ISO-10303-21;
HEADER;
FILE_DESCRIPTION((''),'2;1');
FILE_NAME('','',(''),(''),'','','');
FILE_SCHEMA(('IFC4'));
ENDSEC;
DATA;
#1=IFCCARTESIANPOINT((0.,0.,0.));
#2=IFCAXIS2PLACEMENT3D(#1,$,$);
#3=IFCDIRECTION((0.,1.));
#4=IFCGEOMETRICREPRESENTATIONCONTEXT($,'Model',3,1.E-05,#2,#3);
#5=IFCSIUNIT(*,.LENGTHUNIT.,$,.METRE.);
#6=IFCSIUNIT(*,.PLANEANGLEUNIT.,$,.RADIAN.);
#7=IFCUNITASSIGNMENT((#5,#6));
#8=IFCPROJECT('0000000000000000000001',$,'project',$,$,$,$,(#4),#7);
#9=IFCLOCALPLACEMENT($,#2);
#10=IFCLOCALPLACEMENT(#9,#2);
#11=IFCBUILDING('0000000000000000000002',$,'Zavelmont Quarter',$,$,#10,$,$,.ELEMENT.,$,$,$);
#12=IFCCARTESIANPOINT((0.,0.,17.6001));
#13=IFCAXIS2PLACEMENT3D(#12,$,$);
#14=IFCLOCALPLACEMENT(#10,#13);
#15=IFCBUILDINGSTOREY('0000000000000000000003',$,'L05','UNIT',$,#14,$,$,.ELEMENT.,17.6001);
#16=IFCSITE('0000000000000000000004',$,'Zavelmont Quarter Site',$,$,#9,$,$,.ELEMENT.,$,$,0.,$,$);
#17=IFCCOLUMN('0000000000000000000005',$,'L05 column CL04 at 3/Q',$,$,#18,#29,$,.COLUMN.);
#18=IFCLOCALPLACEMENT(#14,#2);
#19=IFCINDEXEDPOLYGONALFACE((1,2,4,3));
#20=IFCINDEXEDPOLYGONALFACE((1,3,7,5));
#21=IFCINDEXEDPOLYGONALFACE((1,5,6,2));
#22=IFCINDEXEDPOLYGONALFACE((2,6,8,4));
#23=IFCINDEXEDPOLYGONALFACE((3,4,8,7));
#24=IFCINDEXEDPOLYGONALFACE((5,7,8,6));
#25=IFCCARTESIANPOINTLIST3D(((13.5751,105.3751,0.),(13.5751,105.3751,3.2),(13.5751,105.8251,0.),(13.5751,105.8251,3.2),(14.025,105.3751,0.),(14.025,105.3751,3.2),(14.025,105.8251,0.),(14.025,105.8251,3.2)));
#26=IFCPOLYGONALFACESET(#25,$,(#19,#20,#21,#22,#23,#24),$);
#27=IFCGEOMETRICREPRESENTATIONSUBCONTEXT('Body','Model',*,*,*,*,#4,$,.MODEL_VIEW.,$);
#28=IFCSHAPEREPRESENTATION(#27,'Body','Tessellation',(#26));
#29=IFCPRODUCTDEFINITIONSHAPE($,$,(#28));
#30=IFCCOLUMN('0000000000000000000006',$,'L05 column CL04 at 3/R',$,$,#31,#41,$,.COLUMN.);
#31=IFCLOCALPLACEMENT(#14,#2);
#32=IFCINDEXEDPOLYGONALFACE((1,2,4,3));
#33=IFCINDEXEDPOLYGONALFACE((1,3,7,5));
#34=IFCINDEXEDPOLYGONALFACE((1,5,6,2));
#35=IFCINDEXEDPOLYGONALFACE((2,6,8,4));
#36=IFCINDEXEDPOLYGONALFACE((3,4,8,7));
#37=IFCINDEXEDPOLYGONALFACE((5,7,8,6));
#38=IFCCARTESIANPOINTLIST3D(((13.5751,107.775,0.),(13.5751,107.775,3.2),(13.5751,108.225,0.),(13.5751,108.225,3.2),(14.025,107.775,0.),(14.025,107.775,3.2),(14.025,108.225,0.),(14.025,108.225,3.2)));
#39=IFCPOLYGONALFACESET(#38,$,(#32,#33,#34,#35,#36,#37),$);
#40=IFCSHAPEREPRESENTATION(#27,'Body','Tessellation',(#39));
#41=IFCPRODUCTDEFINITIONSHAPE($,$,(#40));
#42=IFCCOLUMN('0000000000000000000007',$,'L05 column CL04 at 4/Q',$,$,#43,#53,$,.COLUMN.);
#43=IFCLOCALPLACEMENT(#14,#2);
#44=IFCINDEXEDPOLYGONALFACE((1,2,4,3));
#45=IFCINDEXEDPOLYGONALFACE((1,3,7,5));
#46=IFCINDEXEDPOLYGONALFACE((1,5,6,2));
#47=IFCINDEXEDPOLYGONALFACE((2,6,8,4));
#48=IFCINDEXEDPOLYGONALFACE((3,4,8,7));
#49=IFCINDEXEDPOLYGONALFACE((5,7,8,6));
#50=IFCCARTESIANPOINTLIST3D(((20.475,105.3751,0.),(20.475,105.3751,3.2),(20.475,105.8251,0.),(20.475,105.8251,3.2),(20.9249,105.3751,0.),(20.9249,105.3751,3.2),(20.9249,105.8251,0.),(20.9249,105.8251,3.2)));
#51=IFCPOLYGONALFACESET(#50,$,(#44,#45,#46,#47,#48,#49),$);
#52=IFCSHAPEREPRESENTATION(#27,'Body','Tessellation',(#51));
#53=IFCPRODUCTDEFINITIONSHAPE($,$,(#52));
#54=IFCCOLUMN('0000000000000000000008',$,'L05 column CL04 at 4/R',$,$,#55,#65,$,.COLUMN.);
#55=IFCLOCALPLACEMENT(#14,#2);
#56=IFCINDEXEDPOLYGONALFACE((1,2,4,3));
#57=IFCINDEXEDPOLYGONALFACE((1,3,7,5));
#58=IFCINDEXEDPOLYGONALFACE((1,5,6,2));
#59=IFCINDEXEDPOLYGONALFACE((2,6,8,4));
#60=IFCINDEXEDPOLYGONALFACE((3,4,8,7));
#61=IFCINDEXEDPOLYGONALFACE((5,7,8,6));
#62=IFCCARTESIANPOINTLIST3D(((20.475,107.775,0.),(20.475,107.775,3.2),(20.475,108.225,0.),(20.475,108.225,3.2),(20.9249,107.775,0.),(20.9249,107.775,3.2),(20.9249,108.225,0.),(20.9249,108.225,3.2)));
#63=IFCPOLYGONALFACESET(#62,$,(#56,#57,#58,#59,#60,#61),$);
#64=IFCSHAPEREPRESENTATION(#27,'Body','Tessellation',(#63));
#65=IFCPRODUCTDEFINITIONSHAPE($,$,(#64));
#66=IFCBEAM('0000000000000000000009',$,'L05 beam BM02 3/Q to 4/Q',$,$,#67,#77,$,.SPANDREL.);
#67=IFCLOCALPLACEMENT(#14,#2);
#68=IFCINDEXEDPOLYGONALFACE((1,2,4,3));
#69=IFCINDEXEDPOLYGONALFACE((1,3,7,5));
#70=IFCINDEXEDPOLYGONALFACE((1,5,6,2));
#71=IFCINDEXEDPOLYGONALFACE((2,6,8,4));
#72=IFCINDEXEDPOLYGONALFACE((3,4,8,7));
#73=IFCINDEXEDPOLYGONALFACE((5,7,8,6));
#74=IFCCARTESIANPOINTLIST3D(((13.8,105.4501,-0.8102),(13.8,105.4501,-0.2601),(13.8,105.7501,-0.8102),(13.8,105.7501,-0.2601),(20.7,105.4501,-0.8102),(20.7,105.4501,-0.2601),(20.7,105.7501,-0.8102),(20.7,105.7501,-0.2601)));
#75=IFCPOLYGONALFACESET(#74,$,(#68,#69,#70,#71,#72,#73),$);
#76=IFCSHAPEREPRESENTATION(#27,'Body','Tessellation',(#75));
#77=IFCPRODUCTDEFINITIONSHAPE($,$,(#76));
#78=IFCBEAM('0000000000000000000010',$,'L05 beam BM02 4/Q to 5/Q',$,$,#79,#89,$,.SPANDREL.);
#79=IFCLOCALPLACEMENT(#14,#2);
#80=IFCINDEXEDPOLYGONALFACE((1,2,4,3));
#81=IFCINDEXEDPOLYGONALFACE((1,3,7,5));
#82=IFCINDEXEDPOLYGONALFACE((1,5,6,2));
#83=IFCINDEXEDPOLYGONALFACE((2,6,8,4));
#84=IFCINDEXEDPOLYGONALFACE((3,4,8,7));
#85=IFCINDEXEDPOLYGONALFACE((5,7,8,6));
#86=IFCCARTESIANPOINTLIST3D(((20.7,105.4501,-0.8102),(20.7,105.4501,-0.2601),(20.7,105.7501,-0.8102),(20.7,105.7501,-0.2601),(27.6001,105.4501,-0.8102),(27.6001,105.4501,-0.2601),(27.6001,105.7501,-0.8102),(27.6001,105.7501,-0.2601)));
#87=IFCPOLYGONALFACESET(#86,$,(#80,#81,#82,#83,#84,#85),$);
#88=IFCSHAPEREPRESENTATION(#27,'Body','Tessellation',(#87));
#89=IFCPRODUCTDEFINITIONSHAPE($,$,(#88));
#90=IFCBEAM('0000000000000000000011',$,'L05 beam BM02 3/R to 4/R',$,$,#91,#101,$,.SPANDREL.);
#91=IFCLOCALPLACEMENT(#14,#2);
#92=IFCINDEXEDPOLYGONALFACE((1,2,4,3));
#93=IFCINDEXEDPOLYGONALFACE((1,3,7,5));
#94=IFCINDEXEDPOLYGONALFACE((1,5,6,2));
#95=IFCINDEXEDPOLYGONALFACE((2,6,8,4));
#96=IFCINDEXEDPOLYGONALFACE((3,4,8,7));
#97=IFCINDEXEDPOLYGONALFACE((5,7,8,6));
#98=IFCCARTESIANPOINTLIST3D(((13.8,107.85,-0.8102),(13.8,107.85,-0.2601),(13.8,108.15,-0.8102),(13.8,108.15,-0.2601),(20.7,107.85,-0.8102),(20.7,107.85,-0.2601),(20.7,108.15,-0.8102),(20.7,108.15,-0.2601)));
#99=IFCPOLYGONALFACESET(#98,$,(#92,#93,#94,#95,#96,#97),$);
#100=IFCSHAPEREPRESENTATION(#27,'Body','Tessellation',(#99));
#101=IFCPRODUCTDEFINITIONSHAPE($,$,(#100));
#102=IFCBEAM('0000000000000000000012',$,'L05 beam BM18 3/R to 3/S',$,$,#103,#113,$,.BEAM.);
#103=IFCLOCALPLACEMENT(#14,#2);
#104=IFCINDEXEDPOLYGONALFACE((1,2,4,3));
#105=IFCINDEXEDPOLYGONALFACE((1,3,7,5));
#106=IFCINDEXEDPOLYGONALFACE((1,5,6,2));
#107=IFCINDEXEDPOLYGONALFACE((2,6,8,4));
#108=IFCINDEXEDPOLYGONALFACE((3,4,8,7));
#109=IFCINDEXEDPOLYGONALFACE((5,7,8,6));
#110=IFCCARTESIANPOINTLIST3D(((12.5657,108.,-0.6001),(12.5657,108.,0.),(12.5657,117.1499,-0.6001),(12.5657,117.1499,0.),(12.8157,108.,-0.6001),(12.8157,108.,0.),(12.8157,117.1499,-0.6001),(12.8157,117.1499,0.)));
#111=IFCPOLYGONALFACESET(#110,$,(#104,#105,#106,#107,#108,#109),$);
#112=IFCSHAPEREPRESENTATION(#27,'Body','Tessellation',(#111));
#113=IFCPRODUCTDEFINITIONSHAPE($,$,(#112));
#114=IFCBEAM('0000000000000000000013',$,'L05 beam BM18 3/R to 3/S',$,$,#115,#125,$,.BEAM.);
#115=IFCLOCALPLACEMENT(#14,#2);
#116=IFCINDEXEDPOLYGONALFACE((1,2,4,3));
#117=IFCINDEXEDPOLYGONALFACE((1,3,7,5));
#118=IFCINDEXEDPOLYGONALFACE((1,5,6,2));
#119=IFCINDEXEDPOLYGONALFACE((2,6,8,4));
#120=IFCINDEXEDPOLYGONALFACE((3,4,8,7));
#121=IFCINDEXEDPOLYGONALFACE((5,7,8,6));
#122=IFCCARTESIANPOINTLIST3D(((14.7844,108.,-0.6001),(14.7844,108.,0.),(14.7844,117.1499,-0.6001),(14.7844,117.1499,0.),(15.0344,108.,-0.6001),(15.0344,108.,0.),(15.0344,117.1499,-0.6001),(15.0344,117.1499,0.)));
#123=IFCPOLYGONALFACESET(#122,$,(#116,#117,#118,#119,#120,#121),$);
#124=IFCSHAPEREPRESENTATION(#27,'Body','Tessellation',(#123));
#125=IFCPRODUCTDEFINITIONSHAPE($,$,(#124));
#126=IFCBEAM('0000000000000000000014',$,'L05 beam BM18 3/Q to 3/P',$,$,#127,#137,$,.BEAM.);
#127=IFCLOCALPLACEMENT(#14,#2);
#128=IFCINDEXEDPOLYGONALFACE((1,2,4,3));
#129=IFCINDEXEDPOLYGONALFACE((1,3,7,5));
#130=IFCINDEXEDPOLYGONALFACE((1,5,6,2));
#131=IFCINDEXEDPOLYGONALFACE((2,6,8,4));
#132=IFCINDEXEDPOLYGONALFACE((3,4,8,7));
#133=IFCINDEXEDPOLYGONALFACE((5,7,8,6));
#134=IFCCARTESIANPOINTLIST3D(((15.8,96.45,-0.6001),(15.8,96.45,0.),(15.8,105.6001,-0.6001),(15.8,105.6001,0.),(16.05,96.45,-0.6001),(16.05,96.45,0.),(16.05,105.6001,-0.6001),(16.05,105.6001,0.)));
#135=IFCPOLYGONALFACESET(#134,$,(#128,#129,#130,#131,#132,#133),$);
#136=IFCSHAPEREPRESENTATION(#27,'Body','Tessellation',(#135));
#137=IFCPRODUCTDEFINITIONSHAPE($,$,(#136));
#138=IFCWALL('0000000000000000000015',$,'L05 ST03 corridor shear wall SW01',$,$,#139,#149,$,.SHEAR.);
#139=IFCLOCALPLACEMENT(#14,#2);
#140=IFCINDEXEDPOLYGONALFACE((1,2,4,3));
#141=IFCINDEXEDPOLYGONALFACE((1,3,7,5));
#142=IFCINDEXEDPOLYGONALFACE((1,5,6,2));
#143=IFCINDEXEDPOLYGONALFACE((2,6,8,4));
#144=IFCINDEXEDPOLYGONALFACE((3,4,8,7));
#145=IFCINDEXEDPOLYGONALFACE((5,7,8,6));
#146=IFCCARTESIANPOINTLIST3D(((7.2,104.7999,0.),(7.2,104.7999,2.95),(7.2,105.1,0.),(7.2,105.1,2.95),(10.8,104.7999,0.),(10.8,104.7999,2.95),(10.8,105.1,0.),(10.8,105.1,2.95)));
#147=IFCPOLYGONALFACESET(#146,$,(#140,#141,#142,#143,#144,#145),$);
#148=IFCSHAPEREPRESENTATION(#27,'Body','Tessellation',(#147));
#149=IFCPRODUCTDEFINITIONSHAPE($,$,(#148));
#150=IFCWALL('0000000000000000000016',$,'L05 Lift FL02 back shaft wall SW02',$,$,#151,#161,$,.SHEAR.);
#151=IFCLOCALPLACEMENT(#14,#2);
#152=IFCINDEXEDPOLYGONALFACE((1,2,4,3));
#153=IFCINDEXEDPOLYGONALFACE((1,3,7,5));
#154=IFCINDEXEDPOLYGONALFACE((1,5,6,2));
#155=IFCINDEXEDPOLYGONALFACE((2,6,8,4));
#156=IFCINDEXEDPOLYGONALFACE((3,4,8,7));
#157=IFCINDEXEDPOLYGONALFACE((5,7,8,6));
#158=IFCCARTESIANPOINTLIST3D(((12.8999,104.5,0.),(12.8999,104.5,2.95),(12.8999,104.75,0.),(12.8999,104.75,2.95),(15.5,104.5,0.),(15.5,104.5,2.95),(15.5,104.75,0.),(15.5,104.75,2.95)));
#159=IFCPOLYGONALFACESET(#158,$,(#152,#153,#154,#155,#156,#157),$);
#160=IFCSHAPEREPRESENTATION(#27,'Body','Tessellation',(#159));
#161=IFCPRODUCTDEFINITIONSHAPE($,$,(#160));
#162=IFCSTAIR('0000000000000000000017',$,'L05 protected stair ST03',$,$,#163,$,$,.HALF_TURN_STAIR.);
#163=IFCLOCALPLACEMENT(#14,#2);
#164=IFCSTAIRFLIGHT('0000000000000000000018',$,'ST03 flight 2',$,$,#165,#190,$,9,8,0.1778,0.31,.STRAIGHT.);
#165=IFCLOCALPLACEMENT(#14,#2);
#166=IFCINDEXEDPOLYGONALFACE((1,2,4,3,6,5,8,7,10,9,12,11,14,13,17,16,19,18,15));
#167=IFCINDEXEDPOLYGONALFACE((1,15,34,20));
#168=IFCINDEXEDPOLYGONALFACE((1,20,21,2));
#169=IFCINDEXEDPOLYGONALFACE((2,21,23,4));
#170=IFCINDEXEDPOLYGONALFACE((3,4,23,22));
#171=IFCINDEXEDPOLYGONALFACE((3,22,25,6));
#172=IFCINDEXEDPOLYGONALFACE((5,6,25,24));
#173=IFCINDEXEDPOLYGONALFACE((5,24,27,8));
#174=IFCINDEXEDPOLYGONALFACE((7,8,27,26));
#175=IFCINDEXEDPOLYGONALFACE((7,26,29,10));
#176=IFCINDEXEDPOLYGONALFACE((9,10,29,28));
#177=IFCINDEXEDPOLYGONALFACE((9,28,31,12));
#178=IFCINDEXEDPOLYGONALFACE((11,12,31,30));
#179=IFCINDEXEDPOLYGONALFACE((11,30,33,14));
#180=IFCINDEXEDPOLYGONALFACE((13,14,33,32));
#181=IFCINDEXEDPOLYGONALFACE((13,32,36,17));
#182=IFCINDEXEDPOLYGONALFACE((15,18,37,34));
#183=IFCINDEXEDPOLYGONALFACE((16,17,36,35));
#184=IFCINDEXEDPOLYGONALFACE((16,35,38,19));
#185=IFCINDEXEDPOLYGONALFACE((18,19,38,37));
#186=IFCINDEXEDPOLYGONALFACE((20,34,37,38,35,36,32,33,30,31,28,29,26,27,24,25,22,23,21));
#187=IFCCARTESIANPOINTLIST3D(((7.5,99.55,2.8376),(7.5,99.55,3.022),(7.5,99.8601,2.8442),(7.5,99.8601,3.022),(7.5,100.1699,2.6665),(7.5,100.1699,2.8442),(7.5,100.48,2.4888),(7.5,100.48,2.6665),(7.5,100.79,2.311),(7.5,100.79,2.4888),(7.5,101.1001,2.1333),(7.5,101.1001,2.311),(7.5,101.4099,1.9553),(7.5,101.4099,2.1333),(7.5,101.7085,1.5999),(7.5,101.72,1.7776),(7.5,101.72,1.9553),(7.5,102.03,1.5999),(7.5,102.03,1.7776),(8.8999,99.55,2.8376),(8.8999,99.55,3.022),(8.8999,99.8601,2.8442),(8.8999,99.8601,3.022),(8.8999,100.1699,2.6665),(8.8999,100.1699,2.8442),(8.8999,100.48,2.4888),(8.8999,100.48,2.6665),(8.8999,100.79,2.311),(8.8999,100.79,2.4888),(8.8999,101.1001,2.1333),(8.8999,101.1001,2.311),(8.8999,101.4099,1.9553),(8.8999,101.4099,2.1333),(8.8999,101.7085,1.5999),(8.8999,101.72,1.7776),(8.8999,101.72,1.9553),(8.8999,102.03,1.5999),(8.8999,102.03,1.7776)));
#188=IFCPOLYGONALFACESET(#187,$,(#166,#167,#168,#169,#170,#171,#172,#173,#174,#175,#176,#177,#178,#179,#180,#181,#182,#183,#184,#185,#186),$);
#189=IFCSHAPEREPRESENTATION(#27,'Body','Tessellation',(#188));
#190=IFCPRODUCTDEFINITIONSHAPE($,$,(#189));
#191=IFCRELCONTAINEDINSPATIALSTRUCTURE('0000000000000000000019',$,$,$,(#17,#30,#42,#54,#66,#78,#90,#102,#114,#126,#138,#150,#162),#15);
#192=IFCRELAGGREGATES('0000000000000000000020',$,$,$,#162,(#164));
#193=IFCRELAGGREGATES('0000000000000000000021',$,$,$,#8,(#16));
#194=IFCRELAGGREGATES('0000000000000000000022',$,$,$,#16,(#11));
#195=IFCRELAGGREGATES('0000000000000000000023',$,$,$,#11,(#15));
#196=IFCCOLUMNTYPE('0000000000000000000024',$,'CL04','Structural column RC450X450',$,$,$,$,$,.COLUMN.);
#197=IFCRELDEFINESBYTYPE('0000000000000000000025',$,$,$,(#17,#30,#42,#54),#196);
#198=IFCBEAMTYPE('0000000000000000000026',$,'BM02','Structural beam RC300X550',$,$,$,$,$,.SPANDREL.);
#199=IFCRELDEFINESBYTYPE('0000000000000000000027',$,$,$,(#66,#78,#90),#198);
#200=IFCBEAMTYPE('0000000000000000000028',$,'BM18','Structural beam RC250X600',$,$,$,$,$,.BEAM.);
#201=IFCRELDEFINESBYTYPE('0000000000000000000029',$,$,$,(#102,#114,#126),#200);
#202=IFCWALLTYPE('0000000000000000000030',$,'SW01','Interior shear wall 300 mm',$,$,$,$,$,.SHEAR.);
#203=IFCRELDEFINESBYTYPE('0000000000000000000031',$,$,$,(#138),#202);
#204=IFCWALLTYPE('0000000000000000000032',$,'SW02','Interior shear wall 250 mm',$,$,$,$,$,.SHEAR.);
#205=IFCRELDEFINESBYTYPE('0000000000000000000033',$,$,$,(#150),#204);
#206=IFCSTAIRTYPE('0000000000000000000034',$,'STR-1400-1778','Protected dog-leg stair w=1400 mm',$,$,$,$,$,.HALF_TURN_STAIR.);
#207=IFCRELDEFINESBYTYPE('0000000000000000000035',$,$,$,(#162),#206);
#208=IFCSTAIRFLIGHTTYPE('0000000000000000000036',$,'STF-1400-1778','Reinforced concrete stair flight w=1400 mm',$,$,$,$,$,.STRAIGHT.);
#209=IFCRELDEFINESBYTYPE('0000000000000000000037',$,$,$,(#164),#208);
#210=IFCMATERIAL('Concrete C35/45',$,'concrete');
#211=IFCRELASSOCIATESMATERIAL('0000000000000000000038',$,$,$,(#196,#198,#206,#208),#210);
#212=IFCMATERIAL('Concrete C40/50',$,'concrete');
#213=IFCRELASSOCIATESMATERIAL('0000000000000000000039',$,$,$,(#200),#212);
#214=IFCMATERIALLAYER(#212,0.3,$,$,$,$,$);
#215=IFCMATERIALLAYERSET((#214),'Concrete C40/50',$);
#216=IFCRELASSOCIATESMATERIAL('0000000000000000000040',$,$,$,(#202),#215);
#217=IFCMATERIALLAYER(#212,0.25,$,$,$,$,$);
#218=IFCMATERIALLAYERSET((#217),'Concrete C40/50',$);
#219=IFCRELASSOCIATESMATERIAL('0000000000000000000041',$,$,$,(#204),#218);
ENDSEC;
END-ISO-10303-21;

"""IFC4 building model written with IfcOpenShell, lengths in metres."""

from ifc_helpers import new_model, si_unit, direction, frame, frame_2d, origin, origin_2d, place, context, subcontext, project, spatial, polyline, rectangle, outline, extrude, material, layer, layer_set, material_profile, profile_set, type_object, element, aggregate, save


model = new_model("IFC4")

# Units and contexts
model_context = context("Model", 3, precision=1e-05, world=origin(), true_north=direction((0.0, 1.0)))
body_context = subcontext(model_context, "Body", "Model", "MODEL_VIEW")
ifc_project = project(units=[si_unit("LENGTHUNIT", "METRE"), si_unit("PLANEANGLEUNIT", "RADIAN")], contexts=[model_context])

# Site, building, storey
site_placement = place(None, origin())
site = spatial("IfcSite", under=ifc_project, at=site_placement, Name="Zavelmont Quarter Site", CompositionType="ELEMENT", RefElevation=0.0)
building_placement = place(site_placement, origin())
building = spatial("IfcBuilding", under=site, at=building_placement, Name="Zavelmont Quarter", CompositionType="ELEMENT")
storey_placement = place(building_placement, frame((0.0, 0.0, 17.6001)))
storey = spatial("IfcBuildingStorey", under=building, at=storey_placement, Name="L05", Description="UNIT", CompositionType="ELEMENT", Elevation=17.6001)

# Columns
ifc_material_1 = material(Name="Concrete C35/45", Category="concrete")
ifc_material_profile_1 = material_profile(ifc_material_1, rectangle(XDim=0.45, YDim=0.45, at=origin_2d()), Name="RC450X450")
ifc_profile_set_1 = profile_set([ifc_material_profile_1], Name="Concrete C35/45")
column_type = type_object("IfcColumnType", Name="CL04", Description="Structural column RC450X450", PredefinedType="COLUMN", material=ifc_profile_set_1)
for number, where, z_axis, x_axis, name in (
    (1, (13.8, 105.6001, 0.0), (0.0, 0.0, 1.0), (1.0, 0.0, 0.0), "L05 column CL04 at 3/Q"),
    (2, (13.8, 108.0, 0.0), (0.0, 0.0, 1.0), (1.0, 0.0, 0.0), "L05 column CL04 at 3/R"),
    (3, (20.7, 105.6001, 0.0), (0.0, 0.0, 1.0), (1.0, 0.0, 0.0), "L05 column CL04 at 4/Q"),
    (4, (20.7, 108.0, 0.0), (0.0, 0.0, 1.0), (1.0, 0.0, 0.0), "L05 column CL04 at 4/R"),
):
    element("IfcColumn", number, at=place(storey_placement, frame(where, z_axis=z_axis, x_axis=x_axis)), inside=storey, type_object=column_type, Name=name, PredefinedType="COLUMN", context=body_context, shape_type="SweptSolid", body=[
        extrude(rectangle(XDim=0.45, YDim=0.45, at=origin_2d()), origin(), (0.0, 0.0, 1.0), 3.2),
    ])

# Beams
ifc_material_profile_2 = material_profile(ifc_material_1, rectangle(XDim=0.3, YDim=0.55, at=origin_2d()), Name="RC300X550")
ifc_profile_set_2 = profile_set([ifc_material_profile_2], Name="Concrete C35/45")
beam_type_1 = type_object("IfcBeamType", Name="BM02", Description="Structural beam RC300X550", PredefinedType="SPANDREL", material=ifc_profile_set_2)
beam_1_placement = place(storey_placement, frame((13.8, 105.6001, -0.5352), z_axis=(1.0, 0.0, 0.0), x_axis=(0.0, 1.0, 0.0)))
element("IfcBeam", 5, at=beam_1_placement, inside=storey, type_object=beam_type_1, Name="L05 beam BM02 3/Q to 4/Q", PredefinedType="SPANDREL", context=body_context, shape_type="SweptSolid", body=[
    extrude(rectangle(XDim=0.3, YDim=0.55, at=origin_2d()), origin(), (0.0, 0.0, 1.0), 6.8999),
])
beam_2_placement = place(storey_placement, frame((20.7, 105.6001, -0.5352), z_axis=(1.0, 0.0, 0.0), x_axis=(0.0, 1.0, 0.0)))
element("IfcBeam", 6, at=beam_2_placement, inside=storey, type_object=beam_type_1, Name="L05 beam BM02 4/Q to 5/Q", PredefinedType="SPANDREL", context=body_context, shape_type="SweptSolid", body=[
    extrude(rectangle(XDim=0.3, YDim=0.55, at=origin_2d()), origin(), (0.0, 0.0, 1.0), 6.9001),
])
beam_3_placement = place(storey_placement, frame((13.8, 108.0, -0.5352), z_axis=(1.0, 0.0, 0.0), x_axis=(0.0, 1.0, 0.0)))
element("IfcBeam", 7, at=beam_3_placement, inside=storey, type_object=beam_type_1, Name="L05 beam BM02 3/R to 4/R", PredefinedType="SPANDREL", context=body_context, shape_type="SweptSolid", body=[
    extrude(rectangle(XDim=0.3, YDim=0.55, at=origin_2d()), origin(), (0.0, 0.0, 1.0), 6.8999),
])
ifc_material_2 = material(Name="Concrete C40/50", Category="concrete")
ifc_material_profile_3 = material_profile(ifc_material_2, rectangle(XDim=0.25, YDim=0.6001, at=origin_2d()), Name="RC250X600")
ifc_profile_set_3 = profile_set([ifc_material_profile_3], Name="Concrete C40/50")
beam_type_2 = type_object("IfcBeamType", Name="BM18", Description="Structural beam RC250X600", PredefinedType="BEAM", material=ifc_profile_set_3)
for number, where, z_axis, x_axis, name in (
    (8, (12.6907, 108.0, -0.3), (0.0, 1.0, 0.0), (-1.0, 0.0, 0.0), "L05 beam BM18 3/R to 3/S"),
    (9, (14.9094, 108.0, -0.3), (0.0, 1.0, 0.0), (-1.0, 0.0, 0.0), "L05 beam BM18 3/R to 3/S"),
):
    element("IfcBeam", number, at=place(storey_placement, frame(where, z_axis=z_axis, x_axis=x_axis)), inside=storey, type_object=beam_type_2, Name=name, PredefinedType="BEAM", context=body_context, shape_type="SweptSolid", body=[
        extrude(rectangle(XDim=0.25, YDim=0.6001, at=origin_2d()), origin(), (0.0, 0.0, 1.0), 9.1499),
    ])
beam_4_placement = place(storey_placement, frame((15.925, 105.6001, -0.3), z_axis=(0.0, -1.0, 0.0), x_axis=(1.0, 0.0, 0.0)))
element("IfcBeam", 10, at=beam_4_placement, inside=storey, type_object=beam_type_2, Name="L05 beam BM18 3/Q to 3/P", PredefinedType="BEAM", context=body_context, shape_type="SweptSolid", body=[
    extrude(rectangle(XDim=0.25, YDim=0.6001, at=origin_2d()), origin(), (0.0, 0.0, 1.0), 9.1501),
])

# Walls
ifc_layer_1 = layer(ifc_material_2, 0.3)
ifc_layer_set_1 = layer_set([ifc_layer_1], Name="Concrete C40/50")
wall_type_1 = type_object("IfcWallType", Name="SW01", Description="Interior shear wall 300 mm", PredefinedType="SHEAR", material=ifc_layer_set_1)
wall_1_placement = place(storey_placement, frame((7.2, 104.95, 0.0), z_axis=(0.0, 0.0, 1.0), x_axis=(1.0, 0.0, 0.0)))
element("IfcWall", 11, at=wall_1_placement, inside=storey, type_object=wall_type_1, Name="L05 ST03 corridor shear wall SW01", PredefinedType="SHEAR", context=body_context, shape_type="SweptSolid", body=[
    extrude(rectangle(XDim=3.6001, YDim=0.3, at=frame_2d((1.8, 0.0))), origin(), (0.0, 0.0, 1.0), 2.95),
])
ifc_layer_2 = layer(ifc_material_2, 0.25)
ifc_layer_set_2 = layer_set([ifc_layer_2], Name="Concrete C40/50")
wall_type_2 = type_object("IfcWallType", Name="SW02", Description="Interior shear wall 250 mm", PredefinedType="SHEAR", material=ifc_layer_set_2)
wall_2_placement = place(storey_placement, frame((12.8999, 104.625, 0.0), z_axis=(0.0, 0.0, 1.0), x_axis=(1.0, 0.0, 0.0)))
element("IfcWall", 12, at=wall_2_placement, inside=storey, type_object=wall_type_2, Name="L05 Lift FL02 back shaft wall SW02", PredefinedType="SHEAR", context=body_context, shape_type="SweptSolid", body=[
    extrude(rectangle(XDim=2.6001, YDim=0.25, at=frame_2d((1.3, 0.0))), origin(), (0.0, 0.0, 1.0), 2.95),
])

# Stair, stair flight
stair_type = type_object("IfcStairType", Name="STR-1400-1778", Description="Protected dog-leg stair w=1400 mm", PredefinedType="HALF_TURN_STAIR", material=ifc_material_1)
stair_placement = place(storey_placement, origin())
stair = element("IfcStair", 13, at=stair_placement, inside=storey, type_object=stair_type, Name="L05 protected stair ST03", PredefinedType="HALF_TURN_STAIR")
stair_flight_type = type_object("IfcStairFlightType", Name="STF-1400-1778", Description="Reinforced concrete stair flight w=1400 mm", PredefinedType="STRAIGHT", material=ifc_material_1)
stair_flight_placement = place(storey_placement, frame((8.2, 102.03, 1.5999), z_axis=(0.0, 0.0, 1.0), x_axis=(0.0, -1.0, 0.0)))
stair_flight = element("IfcStairFlight", 14, at=stair_flight_placement, type_object=stair_flight_type, Name="ST03 flight 2", NumberOfRisers=9, NumberOfTreads=8, PredefinedType="STRAIGHT", RiserHeight=0.1778, TreadLength=0.31, context=body_context, shape_type="SweptSolid", body=[
    extrude(outline(polyline([(0.0, 0.0), (0.0, 0.1777), (0.3101, 0.1777), (0.3101, 0.3555), (0.6201, 0.3555), (0.6201, 0.5334), (0.9299, 0.5334), (0.9299, 0.7112), (1.24, 0.7112), (1.24, 0.8889), (1.55, 0.8889), (1.55, 1.0667), (1.8601, 1.0667), (1.8601, 1.2444), (2.1699, 1.2444), (2.1699, 1.4221), (2.48, 1.4221), (2.48, 1.6001), (2.48, 1.2378), (0.3215, 0.0), (0.0, 0.0)])), frame((0.0, 0.7, 0.0), z_axis=(0.0, -1.0, 0.0), x_axis=(1.0, 0.0, 0.0)), (0.0, 0.0, 1.0), 1.3999),
])
aggregate(stair, [stair_flight])

save(model, "model.ifc")
